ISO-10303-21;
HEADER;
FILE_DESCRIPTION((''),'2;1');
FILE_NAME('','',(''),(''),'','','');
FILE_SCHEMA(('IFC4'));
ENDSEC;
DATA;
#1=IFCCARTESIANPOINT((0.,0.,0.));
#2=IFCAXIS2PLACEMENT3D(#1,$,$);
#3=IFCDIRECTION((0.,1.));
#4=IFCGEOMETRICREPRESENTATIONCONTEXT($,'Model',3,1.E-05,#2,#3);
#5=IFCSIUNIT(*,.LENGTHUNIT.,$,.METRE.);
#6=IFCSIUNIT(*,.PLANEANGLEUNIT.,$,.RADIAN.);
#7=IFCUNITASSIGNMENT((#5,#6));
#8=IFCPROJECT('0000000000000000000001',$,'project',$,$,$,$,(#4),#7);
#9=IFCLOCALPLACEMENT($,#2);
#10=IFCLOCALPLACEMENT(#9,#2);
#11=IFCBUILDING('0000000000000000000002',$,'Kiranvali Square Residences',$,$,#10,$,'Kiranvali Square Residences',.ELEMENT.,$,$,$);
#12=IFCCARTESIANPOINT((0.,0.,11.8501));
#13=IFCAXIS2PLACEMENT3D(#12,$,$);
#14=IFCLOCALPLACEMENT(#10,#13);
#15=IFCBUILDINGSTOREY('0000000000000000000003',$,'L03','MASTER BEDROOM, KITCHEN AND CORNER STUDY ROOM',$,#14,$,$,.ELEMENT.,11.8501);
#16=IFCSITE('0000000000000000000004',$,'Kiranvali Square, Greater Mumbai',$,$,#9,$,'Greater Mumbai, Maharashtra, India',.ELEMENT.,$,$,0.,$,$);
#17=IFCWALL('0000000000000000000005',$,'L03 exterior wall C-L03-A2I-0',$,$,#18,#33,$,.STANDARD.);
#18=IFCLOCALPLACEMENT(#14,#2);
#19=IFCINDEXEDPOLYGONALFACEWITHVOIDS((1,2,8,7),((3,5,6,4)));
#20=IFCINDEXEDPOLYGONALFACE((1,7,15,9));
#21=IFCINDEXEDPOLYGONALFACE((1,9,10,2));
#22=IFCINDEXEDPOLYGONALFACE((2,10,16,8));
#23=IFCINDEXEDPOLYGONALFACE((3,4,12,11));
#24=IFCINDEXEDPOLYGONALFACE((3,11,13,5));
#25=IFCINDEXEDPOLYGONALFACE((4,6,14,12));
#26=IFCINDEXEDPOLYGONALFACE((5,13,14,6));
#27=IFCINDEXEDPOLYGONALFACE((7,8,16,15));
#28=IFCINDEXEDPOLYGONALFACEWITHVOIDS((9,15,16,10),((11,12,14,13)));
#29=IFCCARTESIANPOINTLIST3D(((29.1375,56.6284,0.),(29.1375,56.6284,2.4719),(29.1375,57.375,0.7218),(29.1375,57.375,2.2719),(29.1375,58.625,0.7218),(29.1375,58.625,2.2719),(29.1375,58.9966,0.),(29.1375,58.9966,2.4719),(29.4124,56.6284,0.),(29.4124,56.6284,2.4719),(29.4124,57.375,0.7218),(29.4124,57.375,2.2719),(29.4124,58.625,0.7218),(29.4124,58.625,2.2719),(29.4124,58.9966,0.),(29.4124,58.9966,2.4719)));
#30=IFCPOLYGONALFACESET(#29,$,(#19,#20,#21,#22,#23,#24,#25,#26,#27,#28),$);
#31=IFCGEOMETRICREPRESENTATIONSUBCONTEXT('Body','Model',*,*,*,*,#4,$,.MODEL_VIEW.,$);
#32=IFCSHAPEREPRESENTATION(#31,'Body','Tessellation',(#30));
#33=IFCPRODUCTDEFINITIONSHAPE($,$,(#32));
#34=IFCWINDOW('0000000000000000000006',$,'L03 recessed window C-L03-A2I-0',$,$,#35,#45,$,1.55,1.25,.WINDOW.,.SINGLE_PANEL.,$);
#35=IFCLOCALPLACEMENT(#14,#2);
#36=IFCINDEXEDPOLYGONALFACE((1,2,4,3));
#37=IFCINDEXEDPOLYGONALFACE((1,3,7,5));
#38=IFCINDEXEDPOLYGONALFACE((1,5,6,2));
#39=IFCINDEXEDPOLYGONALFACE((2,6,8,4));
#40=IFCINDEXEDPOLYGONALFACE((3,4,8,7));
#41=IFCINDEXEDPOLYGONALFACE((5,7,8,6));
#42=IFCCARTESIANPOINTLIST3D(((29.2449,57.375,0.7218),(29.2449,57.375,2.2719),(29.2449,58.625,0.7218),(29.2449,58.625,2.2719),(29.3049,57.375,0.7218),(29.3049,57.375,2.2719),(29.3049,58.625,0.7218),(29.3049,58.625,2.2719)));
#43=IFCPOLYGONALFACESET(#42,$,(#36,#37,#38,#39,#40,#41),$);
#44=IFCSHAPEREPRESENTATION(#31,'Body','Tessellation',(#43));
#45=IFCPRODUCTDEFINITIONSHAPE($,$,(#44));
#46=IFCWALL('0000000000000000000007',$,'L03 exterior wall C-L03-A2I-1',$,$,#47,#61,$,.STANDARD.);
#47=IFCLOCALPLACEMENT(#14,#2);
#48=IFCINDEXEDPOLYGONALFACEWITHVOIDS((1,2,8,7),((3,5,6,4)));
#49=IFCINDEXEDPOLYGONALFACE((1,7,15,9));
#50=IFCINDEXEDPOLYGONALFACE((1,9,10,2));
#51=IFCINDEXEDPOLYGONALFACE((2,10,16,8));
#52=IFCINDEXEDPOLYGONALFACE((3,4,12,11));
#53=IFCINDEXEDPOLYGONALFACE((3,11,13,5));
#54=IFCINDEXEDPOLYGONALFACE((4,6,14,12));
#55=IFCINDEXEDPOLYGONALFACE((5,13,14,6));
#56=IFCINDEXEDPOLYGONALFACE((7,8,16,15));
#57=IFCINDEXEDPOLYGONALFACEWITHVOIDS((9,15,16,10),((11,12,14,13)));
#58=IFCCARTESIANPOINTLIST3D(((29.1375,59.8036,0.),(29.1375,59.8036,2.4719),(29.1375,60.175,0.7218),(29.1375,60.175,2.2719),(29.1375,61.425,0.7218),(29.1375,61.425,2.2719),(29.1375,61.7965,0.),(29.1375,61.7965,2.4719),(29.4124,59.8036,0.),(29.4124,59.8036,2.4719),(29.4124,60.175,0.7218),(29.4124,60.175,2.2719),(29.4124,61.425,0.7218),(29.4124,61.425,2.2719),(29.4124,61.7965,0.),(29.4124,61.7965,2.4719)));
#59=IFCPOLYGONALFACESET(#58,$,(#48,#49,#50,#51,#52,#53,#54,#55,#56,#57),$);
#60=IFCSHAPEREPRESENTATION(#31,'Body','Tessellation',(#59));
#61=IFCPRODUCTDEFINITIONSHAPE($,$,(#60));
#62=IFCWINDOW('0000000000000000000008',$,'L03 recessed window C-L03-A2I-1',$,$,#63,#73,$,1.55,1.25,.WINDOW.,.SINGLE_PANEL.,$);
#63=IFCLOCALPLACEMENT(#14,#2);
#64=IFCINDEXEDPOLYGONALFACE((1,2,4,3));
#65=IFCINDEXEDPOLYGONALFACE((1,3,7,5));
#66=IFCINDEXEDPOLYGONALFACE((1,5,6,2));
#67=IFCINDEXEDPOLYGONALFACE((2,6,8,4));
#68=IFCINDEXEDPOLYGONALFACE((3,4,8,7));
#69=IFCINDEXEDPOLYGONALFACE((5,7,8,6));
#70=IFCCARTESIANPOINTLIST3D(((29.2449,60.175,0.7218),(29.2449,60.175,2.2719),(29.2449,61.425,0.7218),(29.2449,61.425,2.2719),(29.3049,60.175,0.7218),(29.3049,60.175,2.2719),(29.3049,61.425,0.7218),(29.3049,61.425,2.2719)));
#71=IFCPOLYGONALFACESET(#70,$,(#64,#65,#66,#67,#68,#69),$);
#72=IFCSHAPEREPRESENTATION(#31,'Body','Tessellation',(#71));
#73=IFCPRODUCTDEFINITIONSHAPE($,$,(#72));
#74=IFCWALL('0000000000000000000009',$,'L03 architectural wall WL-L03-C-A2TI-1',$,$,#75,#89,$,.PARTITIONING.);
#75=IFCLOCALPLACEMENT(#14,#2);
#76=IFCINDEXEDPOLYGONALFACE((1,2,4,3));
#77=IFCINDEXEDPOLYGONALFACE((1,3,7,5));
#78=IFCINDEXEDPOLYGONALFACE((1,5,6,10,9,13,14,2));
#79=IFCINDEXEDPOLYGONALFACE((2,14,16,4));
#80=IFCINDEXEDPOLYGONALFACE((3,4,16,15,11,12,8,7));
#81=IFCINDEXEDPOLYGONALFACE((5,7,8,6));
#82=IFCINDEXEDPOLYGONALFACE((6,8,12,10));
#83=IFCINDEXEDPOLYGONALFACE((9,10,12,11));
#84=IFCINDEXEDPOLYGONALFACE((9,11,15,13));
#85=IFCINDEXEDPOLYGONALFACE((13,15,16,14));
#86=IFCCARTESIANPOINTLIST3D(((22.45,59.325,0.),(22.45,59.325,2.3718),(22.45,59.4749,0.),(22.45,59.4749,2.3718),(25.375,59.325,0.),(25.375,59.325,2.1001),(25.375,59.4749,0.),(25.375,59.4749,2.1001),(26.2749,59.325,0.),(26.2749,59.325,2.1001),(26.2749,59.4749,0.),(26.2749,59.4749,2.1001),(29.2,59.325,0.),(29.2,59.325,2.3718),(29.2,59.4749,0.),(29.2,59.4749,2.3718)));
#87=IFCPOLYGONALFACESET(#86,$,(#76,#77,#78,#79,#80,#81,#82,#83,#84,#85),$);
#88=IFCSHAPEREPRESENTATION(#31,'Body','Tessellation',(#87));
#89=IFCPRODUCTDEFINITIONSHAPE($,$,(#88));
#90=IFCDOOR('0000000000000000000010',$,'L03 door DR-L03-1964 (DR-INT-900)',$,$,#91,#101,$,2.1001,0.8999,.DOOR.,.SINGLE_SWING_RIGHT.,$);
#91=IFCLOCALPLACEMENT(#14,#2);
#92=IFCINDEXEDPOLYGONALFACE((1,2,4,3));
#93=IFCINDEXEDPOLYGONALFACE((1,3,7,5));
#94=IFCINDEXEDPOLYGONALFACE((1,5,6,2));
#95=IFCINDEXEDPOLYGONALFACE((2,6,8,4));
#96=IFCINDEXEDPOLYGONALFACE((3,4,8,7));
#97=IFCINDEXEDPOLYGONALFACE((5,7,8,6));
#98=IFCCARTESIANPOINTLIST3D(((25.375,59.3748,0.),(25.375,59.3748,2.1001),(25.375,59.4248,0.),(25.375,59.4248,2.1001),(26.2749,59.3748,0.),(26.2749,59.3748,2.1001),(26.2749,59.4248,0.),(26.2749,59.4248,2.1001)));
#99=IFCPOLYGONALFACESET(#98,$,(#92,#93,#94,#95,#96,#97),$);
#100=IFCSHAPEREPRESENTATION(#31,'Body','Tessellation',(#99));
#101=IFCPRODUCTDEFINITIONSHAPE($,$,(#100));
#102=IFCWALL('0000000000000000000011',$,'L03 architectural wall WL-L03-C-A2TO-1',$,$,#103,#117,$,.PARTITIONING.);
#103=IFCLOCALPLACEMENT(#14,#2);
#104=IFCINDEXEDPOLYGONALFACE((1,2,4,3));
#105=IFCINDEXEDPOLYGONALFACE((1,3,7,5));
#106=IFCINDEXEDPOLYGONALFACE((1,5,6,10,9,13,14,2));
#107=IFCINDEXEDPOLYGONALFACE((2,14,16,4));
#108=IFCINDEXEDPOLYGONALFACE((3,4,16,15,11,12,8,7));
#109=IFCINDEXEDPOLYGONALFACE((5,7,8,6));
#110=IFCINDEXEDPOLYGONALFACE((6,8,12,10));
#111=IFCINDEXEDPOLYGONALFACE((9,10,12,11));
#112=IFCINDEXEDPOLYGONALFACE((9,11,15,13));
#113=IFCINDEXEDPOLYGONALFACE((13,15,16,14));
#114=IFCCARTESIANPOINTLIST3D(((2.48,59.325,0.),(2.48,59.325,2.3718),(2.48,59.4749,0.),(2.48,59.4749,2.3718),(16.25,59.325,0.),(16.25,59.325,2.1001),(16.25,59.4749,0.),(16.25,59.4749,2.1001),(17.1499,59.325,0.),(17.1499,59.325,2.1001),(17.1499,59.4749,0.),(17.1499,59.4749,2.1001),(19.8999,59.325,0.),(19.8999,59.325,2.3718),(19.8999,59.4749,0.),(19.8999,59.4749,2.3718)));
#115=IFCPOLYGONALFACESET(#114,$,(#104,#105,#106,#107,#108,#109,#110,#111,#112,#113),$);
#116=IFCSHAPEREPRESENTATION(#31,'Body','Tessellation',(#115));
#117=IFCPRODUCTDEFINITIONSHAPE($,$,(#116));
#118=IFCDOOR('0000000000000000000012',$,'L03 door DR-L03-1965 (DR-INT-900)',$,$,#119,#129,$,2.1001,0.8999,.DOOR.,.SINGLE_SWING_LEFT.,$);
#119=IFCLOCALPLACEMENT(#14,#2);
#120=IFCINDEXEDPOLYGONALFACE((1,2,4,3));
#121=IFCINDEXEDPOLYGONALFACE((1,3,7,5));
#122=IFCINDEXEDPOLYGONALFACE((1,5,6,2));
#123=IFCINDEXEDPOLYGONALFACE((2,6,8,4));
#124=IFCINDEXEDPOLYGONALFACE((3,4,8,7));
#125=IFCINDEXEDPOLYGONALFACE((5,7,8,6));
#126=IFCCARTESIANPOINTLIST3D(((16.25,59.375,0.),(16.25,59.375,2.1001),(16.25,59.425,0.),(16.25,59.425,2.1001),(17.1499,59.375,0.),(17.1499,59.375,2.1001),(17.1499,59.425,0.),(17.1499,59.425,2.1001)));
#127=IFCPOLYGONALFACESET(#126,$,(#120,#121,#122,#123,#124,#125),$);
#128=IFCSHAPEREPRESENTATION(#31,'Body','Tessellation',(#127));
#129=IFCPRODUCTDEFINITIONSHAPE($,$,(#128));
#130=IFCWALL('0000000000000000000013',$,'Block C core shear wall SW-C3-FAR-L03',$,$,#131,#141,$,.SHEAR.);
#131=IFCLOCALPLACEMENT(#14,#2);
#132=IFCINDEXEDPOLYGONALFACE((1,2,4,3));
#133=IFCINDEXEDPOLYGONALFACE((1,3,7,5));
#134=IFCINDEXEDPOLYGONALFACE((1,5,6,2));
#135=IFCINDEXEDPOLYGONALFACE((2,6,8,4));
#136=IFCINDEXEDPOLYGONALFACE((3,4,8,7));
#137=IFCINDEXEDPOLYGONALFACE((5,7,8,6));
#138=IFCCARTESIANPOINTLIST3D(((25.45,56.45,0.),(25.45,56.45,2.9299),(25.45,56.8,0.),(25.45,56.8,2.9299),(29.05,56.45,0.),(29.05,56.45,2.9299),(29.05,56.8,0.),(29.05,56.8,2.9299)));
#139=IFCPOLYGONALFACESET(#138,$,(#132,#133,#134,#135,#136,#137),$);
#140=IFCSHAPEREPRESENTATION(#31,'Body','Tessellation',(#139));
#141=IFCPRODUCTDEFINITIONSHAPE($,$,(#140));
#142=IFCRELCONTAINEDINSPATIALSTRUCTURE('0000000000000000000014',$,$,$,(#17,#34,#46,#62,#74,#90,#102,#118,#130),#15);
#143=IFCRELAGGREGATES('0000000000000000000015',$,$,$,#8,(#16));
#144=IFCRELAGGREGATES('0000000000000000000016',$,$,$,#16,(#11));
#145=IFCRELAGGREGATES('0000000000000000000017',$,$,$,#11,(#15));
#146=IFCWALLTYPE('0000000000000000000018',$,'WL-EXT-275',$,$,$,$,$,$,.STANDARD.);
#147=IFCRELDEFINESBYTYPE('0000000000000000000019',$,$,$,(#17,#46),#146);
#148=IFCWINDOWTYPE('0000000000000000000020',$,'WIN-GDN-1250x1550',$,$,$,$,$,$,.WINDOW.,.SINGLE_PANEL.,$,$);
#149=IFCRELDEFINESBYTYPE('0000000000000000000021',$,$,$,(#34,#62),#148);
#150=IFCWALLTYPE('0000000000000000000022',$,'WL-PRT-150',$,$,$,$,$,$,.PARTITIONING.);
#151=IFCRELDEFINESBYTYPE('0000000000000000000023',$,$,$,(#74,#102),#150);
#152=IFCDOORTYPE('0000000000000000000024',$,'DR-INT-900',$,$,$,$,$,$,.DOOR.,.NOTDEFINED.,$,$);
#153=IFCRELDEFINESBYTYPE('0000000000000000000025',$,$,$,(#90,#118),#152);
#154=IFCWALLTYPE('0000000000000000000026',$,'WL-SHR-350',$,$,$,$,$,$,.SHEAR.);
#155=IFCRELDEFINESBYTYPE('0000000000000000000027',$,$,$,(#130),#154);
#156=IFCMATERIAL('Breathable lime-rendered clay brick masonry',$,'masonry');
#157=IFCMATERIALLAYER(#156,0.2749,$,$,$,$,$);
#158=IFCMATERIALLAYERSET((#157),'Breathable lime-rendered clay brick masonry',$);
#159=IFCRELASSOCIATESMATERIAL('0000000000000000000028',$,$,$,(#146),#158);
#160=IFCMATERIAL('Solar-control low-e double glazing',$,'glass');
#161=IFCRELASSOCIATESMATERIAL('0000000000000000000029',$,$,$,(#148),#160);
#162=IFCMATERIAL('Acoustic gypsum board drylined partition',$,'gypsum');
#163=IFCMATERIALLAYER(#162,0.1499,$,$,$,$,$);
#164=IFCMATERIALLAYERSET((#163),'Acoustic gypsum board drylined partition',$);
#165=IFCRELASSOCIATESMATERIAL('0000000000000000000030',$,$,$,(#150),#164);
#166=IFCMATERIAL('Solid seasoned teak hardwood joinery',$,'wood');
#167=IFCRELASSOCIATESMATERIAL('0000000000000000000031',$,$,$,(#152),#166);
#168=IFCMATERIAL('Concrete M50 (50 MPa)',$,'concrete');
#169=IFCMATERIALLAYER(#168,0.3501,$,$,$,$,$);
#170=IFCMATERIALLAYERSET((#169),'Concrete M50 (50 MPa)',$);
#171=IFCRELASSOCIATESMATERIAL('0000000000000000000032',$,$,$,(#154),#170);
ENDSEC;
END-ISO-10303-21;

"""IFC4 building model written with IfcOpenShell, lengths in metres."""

from ifc_helpers import new_model, si_unit, direction, frame, frame_2d, origin, place, context, subcontext, project, spatial, rectangle, extrude, material, layer, layer_set, type_object, element, fill, save


model = new_model("IFC4")

# Units and contexts
model_context = context("Model", 3, precision=1e-05, world=origin(), true_north=direction((0.0, 1.0)))
body_context = subcontext(model_context, "Body", "Model", "MODEL_VIEW")
ifc_project = project(units=[si_unit("LENGTHUNIT", "METRE"), si_unit("PLANEANGLEUNIT", "RADIAN")], contexts=[model_context])

# Site, building, storey
site_placement = place(None, origin())
site = spatial("IfcSite", under=ifc_project, at=site_placement, Name="Kiranvali Square, Greater Mumbai", LongName="Greater Mumbai, Maharashtra, India", CompositionType="ELEMENT", RefElevation=0.0)
building_placement = place(site_placement, origin())
building = spatial("IfcBuilding", under=site, at=building_placement, Name="Kiranvali Square Residences", LongName="Kiranvali Square Residences", CompositionType="ELEMENT")
storey_placement = place(building_placement, frame((0.0, 0.0, 11.8501)))
storey = spatial("IfcBuildingStorey", under=building, at=storey_placement, Name="L03", Description="MASTER BEDROOM, KITCHEN AND CORNER STUDY ROOM", CompositionType="ELEMENT", Elevation=11.8501)

# Shared definitions
ifc_material_1 = material(Name="Concrete M50 (50 MPa)", Category="concrete")

# Walls, openings, windows
ifc_material_2 = material(Name="Breathable lime-rendered clay brick masonry", Category="masonry")
ifc_layer_1 = layer(ifc_material_2, 0.2749)
ifc_layer_set_1 = layer_set([ifc_layer_1], Name="Breathable lime-rendered clay brick masonry")
wall_type_1 = type_object("IfcWallType", Name="WL-EXT-275", PredefinedType="STANDARD", material=ifc_layer_set_1)
wall_1_placement = place(storey_placement, frame((29.2749, 56.6284, 0.0), z_axis=(0.0, 0.0, 1.0), x_axis=(0.0, 1.0, 0.0)))
wall_1 = element("IfcWall", 1, at=wall_1_placement, inside=storey, type_object=wall_type_1, Name="L03 exterior wall C-L03-A2I-0", PredefinedType="STANDARD", context=body_context, shape_type="SweptSolid", body=[
    extrude(rectangle(XDim=2.3682, YDim=0.2749, at=frame_2d((1.1841, 0.0))), origin(), (0.0, 0.0, 1.0), 2.4719),
])
opening_1_placement = place(wall_1_placement, frame((0.7466, 0.0, 0.7219)))
opening_1 = element("IfcOpeningElement", 2, at=opening_1_placement, cuts=wall_1, PredefinedType="OPENING", context=body_context, shape_type="SweptSolid", body=[
    extrude(rectangle(XDim=1.25, YDim=1.55, at=frame_2d((0.625, 0.7749))), frame((0.0, 0.1475, 0.0), z_axis=(0.0, -1.0, 0.0), x_axis=(1.0, 0.0, 0.0)), (0.0, 0.0, 1.0), 0.2949),
])
ifc_material_3 = material(Name="Solar-control low-e double glazing", Category="glass")
window_type = type_object("IfcWindowType", Name="WIN-GDN-1250x1550", PartitioningType="SINGLE_PANEL", PredefinedType="WINDOW", material=ifc_material_3)
window_1_placement = place(opening_1_placement, origin())
window_1 = element("IfcWindow", 3, at=window_1_placement, inside=storey, type_object=window_type, Name="L03 recessed window C-L03-A2I-0", OverallHeight=1.55, OverallWidth=1.25, PartitioningType="SINGLE_PANEL", PredefinedType="WINDOW", context=body_context, shape_type="SweptSolid", body=[
    extrude(rectangle(XDim=1.25, YDim=1.55, at=frame_2d((0.625, 0.7749))), frame((0.0, 0.03, 0.0), z_axis=(0.0, -1.0, 0.0), x_axis=(1.0, 0.0, 0.0)), (0.0, 0.0, 1.0), 0.0601),
])
fill(opening_1, window_1)
wall_2_placement = place(storey_placement, frame((29.2749, 59.8035, 0.0), z_axis=(0.0, 0.0, 1.0), x_axis=(0.0, 1.0, 0.0)))
wall_2 = element("IfcWall", 4, at=wall_2_placement, inside=storey, type_object=wall_type_1, Name="L03 exterior wall C-L03-A2I-1", PredefinedType="STANDARD", context=body_context, shape_type="SweptSolid", body=[
    extrude(rectangle(XDim=1.9929, YDim=0.2749, at=frame_2d((0.9966, 0.0))), origin(), (0.0, 0.0, 1.0), 2.4719),
])
opening_2_placement = place(wall_2_placement, frame((0.3716, 0.0, 0.7219)))
opening_2 = element("IfcOpeningElement", 5, at=opening_2_placement, cuts=wall_2, PredefinedType="OPENING", context=body_context, shape_type="SweptSolid", body=[
    extrude(rectangle(XDim=1.25, YDim=1.55, at=frame_2d((0.625, 0.7749))), frame((0.0, 0.1475, 0.0), z_axis=(0.0, -1.0, 0.0), x_axis=(1.0, 0.0, 0.0)), (0.0, 0.0, 1.0), 0.2949),
])
window_2_placement = place(opening_2_placement, origin())
window_2 = element("IfcWindow", 6, at=window_2_placement, inside=storey, type_object=window_type, Name="L03 recessed window C-L03-A2I-1", OverallHeight=1.55, OverallWidth=1.25, PartitioningType="SINGLE_PANEL", PredefinedType="WINDOW", context=body_context, shape_type="SweptSolid", body=[
    extrude(rectangle(XDim=1.25, YDim=1.55, at=frame_2d((0.625, 0.7749))), frame((0.0, 0.03, 0.0), z_axis=(0.0, -1.0, 0.0), x_axis=(1.0, 0.0, 0.0)), (0.0, 0.0, 1.0), 0.0601),
])
fill(opening_2, window_2)

# Walls, openings, doors
ifc_material_4 = material(Name="Acoustic gypsum board drylined partition", Category="gypsum")
ifc_layer_2 = layer(ifc_material_4, 0.1499)
ifc_layer_set_2 = layer_set([ifc_layer_2], Name="Acoustic gypsum board drylined partition")
wall_type_2 = type_object("IfcWallType", Name="WL-PRT-150", PredefinedType="PARTITIONING", material=ifc_layer_set_2)
wall_3_placement = place(storey_placement, frame((29.2, 59.3999, 0.0), z_axis=(0.0, 0.0, 1.0), x_axis=(-1.0, 0.0, 0.0)))
wall_3 = element("IfcWall", 7, at=wall_3_placement, inside=storey, type_object=wall_type_2, Name="L03 architectural wall WL-L03-C-A2TI-1", PredefinedType="PARTITIONING", context=body_context, shape_type="SweptSolid", body=[
    extrude(rectangle(XDim=6.75, YDim=0.1499, at=frame_2d((3.375, 0.0))), origin(), (0.0, 0.0, 1.0), 2.3718),
])
opening_3_placement = place(wall_3_placement, frame((2.925, 0.0, 0.0)))
opening_3 = element("IfcOpeningElement", 8, at=opening_3_placement, cuts=wall_3, PredefinedType="OPENING", context=body_context, shape_type="SweptSolid", body=[
    extrude(rectangle(XDim=0.8999, YDim=2.1001, at=frame_2d((0.45, 1.05))), frame((0.0, 0.085, 0.0), z_axis=(0.0, -1.0, 0.0), x_axis=(1.0, 0.0, 0.0)), (0.0, 0.0, 1.0), 0.1699),
])
ifc_material_5 = material(Name="Solid seasoned teak hardwood joinery", Category="wood")
door_type_1 = type_object("IfcDoorType", Name="DR-INT-900", OperationType="NOTDEFINED", PredefinedType="DOOR", material=ifc_material_5)
door_1_placement = place(opening_3_placement, frame((0.8999, 0.0, 0.0), z_axis=(0.0, 0.0, 1.0), x_axis=(-1.0, 0.0, 0.0)))
door_1 = element("IfcDoor", 9, at=door_1_placement, inside=storey, type_object=door_type_1, Name="L03 door DR-L03-1964 (DR-INT-900)", OperationType="SINGLE_SWING_RIGHT", OverallHeight=2.1001, OverallWidth=0.8999, PredefinedType="DOOR", context=body_context, shape_type="SweptSolid", body=[
    extrude(rectangle(XDim=0.8999, YDim=2.1001, at=frame_2d((0.45, 1.05))), frame((0.0, 0.0249, 0.0), z_axis=(0.0, -1.0, 0.0), x_axis=(1.0, 0.0, 0.0)), (0.0, 0.0, 1.0), 0.05),
])
fill(opening_3, door_1)
wall_4_placement = place(storey_placement, frame((19.8999, 59.3999, 0.0), z_axis=(0.0, 0.0, 1.0), x_axis=(-1.0, 0.0, 0.0)))
wall_4 = element("IfcWall", 10, at=wall_4_placement, inside=storey, type_object=wall_type_2, Name="L03 architectural wall WL-L03-C-A2TO-1", PredefinedType="PARTITIONING", context=body_context, shape_type="SweptSolid", body=[
    extrude(rectangle(XDim=17.4199, YDim=0.1499, at=frame_2d((8.71, 0.0))), origin(), (0.0, 0.0, 1.0), 2.3718),
])
opening_4_placement = place(wall_4_placement, frame((2.75, 0.0, 0.0)))
opening_4 = element("IfcOpeningElement", 11, at=opening_4_placement, cuts=wall_4, PredefinedType="OPENING", context=body_context, shape_type="SweptSolid", body=[
    extrude(rectangle(XDim=0.8999, YDim=2.1001, at=frame_2d((0.45, 1.05))), frame((0.0, 0.085, 0.0), z_axis=(0.0, -1.0, 0.0), x_axis=(1.0, 0.0, 0.0)), (0.0, 0.0, 1.0), 0.1699),
])
door_2_placement = place(opening_4_placement, origin())
door_2 = element("IfcDoor", 12, at=door_2_placement, inside=storey, type_object=door_type_1, Name="L03 door DR-L03-1965 (DR-INT-900)", OperationType="SINGLE_SWING_LEFT", OverallHeight=2.1001, OverallWidth=0.8999, PredefinedType="DOOR", context=body_context, shape_type="SweptSolid", body=[
    extrude(rectangle(XDim=0.8999, YDim=2.1001, at=frame_2d((0.45, 1.05))), frame((0.0, 0.0249, 0.0), z_axis=(0.0, -1.0, 0.0), x_axis=(1.0, 0.0, 0.0)), (0.0, 0.0, 1.0), 0.05),
])
fill(opening_4, door_2)

# Wall
ifc_layer_3 = layer(ifc_material_1, 0.3501)
ifc_layer_set_3 = layer_set([ifc_layer_3], Name="Concrete M50 (50 MPa)")
wall_type_3 = type_object("IfcWallType", Name="WL-SHR-350", PredefinedType="SHEAR", material=ifc_layer_set_3)
wall_5_placement = place(storey_placement, frame((29.05, 56.625, 0.0), z_axis=(0.0, 0.0, 1.0), x_axis=(-1.0, 0.0, 0.0)))
element("IfcWall", 13, at=wall_5_placement, inside=storey, type_object=wall_type_3, Name="Block C core shear wall SW-C3-FAR-L03", PredefinedType="SHEAR", context=body_context, shape_type="SweptSolid", body=[
    extrude(rectangle(XDim=3.6001, YDim=0.3501, at=frame_2d((1.8, 0.0))), origin(), (0.0, 0.0, 1.0), 2.9299),
])

save(model, "model.ifc")
